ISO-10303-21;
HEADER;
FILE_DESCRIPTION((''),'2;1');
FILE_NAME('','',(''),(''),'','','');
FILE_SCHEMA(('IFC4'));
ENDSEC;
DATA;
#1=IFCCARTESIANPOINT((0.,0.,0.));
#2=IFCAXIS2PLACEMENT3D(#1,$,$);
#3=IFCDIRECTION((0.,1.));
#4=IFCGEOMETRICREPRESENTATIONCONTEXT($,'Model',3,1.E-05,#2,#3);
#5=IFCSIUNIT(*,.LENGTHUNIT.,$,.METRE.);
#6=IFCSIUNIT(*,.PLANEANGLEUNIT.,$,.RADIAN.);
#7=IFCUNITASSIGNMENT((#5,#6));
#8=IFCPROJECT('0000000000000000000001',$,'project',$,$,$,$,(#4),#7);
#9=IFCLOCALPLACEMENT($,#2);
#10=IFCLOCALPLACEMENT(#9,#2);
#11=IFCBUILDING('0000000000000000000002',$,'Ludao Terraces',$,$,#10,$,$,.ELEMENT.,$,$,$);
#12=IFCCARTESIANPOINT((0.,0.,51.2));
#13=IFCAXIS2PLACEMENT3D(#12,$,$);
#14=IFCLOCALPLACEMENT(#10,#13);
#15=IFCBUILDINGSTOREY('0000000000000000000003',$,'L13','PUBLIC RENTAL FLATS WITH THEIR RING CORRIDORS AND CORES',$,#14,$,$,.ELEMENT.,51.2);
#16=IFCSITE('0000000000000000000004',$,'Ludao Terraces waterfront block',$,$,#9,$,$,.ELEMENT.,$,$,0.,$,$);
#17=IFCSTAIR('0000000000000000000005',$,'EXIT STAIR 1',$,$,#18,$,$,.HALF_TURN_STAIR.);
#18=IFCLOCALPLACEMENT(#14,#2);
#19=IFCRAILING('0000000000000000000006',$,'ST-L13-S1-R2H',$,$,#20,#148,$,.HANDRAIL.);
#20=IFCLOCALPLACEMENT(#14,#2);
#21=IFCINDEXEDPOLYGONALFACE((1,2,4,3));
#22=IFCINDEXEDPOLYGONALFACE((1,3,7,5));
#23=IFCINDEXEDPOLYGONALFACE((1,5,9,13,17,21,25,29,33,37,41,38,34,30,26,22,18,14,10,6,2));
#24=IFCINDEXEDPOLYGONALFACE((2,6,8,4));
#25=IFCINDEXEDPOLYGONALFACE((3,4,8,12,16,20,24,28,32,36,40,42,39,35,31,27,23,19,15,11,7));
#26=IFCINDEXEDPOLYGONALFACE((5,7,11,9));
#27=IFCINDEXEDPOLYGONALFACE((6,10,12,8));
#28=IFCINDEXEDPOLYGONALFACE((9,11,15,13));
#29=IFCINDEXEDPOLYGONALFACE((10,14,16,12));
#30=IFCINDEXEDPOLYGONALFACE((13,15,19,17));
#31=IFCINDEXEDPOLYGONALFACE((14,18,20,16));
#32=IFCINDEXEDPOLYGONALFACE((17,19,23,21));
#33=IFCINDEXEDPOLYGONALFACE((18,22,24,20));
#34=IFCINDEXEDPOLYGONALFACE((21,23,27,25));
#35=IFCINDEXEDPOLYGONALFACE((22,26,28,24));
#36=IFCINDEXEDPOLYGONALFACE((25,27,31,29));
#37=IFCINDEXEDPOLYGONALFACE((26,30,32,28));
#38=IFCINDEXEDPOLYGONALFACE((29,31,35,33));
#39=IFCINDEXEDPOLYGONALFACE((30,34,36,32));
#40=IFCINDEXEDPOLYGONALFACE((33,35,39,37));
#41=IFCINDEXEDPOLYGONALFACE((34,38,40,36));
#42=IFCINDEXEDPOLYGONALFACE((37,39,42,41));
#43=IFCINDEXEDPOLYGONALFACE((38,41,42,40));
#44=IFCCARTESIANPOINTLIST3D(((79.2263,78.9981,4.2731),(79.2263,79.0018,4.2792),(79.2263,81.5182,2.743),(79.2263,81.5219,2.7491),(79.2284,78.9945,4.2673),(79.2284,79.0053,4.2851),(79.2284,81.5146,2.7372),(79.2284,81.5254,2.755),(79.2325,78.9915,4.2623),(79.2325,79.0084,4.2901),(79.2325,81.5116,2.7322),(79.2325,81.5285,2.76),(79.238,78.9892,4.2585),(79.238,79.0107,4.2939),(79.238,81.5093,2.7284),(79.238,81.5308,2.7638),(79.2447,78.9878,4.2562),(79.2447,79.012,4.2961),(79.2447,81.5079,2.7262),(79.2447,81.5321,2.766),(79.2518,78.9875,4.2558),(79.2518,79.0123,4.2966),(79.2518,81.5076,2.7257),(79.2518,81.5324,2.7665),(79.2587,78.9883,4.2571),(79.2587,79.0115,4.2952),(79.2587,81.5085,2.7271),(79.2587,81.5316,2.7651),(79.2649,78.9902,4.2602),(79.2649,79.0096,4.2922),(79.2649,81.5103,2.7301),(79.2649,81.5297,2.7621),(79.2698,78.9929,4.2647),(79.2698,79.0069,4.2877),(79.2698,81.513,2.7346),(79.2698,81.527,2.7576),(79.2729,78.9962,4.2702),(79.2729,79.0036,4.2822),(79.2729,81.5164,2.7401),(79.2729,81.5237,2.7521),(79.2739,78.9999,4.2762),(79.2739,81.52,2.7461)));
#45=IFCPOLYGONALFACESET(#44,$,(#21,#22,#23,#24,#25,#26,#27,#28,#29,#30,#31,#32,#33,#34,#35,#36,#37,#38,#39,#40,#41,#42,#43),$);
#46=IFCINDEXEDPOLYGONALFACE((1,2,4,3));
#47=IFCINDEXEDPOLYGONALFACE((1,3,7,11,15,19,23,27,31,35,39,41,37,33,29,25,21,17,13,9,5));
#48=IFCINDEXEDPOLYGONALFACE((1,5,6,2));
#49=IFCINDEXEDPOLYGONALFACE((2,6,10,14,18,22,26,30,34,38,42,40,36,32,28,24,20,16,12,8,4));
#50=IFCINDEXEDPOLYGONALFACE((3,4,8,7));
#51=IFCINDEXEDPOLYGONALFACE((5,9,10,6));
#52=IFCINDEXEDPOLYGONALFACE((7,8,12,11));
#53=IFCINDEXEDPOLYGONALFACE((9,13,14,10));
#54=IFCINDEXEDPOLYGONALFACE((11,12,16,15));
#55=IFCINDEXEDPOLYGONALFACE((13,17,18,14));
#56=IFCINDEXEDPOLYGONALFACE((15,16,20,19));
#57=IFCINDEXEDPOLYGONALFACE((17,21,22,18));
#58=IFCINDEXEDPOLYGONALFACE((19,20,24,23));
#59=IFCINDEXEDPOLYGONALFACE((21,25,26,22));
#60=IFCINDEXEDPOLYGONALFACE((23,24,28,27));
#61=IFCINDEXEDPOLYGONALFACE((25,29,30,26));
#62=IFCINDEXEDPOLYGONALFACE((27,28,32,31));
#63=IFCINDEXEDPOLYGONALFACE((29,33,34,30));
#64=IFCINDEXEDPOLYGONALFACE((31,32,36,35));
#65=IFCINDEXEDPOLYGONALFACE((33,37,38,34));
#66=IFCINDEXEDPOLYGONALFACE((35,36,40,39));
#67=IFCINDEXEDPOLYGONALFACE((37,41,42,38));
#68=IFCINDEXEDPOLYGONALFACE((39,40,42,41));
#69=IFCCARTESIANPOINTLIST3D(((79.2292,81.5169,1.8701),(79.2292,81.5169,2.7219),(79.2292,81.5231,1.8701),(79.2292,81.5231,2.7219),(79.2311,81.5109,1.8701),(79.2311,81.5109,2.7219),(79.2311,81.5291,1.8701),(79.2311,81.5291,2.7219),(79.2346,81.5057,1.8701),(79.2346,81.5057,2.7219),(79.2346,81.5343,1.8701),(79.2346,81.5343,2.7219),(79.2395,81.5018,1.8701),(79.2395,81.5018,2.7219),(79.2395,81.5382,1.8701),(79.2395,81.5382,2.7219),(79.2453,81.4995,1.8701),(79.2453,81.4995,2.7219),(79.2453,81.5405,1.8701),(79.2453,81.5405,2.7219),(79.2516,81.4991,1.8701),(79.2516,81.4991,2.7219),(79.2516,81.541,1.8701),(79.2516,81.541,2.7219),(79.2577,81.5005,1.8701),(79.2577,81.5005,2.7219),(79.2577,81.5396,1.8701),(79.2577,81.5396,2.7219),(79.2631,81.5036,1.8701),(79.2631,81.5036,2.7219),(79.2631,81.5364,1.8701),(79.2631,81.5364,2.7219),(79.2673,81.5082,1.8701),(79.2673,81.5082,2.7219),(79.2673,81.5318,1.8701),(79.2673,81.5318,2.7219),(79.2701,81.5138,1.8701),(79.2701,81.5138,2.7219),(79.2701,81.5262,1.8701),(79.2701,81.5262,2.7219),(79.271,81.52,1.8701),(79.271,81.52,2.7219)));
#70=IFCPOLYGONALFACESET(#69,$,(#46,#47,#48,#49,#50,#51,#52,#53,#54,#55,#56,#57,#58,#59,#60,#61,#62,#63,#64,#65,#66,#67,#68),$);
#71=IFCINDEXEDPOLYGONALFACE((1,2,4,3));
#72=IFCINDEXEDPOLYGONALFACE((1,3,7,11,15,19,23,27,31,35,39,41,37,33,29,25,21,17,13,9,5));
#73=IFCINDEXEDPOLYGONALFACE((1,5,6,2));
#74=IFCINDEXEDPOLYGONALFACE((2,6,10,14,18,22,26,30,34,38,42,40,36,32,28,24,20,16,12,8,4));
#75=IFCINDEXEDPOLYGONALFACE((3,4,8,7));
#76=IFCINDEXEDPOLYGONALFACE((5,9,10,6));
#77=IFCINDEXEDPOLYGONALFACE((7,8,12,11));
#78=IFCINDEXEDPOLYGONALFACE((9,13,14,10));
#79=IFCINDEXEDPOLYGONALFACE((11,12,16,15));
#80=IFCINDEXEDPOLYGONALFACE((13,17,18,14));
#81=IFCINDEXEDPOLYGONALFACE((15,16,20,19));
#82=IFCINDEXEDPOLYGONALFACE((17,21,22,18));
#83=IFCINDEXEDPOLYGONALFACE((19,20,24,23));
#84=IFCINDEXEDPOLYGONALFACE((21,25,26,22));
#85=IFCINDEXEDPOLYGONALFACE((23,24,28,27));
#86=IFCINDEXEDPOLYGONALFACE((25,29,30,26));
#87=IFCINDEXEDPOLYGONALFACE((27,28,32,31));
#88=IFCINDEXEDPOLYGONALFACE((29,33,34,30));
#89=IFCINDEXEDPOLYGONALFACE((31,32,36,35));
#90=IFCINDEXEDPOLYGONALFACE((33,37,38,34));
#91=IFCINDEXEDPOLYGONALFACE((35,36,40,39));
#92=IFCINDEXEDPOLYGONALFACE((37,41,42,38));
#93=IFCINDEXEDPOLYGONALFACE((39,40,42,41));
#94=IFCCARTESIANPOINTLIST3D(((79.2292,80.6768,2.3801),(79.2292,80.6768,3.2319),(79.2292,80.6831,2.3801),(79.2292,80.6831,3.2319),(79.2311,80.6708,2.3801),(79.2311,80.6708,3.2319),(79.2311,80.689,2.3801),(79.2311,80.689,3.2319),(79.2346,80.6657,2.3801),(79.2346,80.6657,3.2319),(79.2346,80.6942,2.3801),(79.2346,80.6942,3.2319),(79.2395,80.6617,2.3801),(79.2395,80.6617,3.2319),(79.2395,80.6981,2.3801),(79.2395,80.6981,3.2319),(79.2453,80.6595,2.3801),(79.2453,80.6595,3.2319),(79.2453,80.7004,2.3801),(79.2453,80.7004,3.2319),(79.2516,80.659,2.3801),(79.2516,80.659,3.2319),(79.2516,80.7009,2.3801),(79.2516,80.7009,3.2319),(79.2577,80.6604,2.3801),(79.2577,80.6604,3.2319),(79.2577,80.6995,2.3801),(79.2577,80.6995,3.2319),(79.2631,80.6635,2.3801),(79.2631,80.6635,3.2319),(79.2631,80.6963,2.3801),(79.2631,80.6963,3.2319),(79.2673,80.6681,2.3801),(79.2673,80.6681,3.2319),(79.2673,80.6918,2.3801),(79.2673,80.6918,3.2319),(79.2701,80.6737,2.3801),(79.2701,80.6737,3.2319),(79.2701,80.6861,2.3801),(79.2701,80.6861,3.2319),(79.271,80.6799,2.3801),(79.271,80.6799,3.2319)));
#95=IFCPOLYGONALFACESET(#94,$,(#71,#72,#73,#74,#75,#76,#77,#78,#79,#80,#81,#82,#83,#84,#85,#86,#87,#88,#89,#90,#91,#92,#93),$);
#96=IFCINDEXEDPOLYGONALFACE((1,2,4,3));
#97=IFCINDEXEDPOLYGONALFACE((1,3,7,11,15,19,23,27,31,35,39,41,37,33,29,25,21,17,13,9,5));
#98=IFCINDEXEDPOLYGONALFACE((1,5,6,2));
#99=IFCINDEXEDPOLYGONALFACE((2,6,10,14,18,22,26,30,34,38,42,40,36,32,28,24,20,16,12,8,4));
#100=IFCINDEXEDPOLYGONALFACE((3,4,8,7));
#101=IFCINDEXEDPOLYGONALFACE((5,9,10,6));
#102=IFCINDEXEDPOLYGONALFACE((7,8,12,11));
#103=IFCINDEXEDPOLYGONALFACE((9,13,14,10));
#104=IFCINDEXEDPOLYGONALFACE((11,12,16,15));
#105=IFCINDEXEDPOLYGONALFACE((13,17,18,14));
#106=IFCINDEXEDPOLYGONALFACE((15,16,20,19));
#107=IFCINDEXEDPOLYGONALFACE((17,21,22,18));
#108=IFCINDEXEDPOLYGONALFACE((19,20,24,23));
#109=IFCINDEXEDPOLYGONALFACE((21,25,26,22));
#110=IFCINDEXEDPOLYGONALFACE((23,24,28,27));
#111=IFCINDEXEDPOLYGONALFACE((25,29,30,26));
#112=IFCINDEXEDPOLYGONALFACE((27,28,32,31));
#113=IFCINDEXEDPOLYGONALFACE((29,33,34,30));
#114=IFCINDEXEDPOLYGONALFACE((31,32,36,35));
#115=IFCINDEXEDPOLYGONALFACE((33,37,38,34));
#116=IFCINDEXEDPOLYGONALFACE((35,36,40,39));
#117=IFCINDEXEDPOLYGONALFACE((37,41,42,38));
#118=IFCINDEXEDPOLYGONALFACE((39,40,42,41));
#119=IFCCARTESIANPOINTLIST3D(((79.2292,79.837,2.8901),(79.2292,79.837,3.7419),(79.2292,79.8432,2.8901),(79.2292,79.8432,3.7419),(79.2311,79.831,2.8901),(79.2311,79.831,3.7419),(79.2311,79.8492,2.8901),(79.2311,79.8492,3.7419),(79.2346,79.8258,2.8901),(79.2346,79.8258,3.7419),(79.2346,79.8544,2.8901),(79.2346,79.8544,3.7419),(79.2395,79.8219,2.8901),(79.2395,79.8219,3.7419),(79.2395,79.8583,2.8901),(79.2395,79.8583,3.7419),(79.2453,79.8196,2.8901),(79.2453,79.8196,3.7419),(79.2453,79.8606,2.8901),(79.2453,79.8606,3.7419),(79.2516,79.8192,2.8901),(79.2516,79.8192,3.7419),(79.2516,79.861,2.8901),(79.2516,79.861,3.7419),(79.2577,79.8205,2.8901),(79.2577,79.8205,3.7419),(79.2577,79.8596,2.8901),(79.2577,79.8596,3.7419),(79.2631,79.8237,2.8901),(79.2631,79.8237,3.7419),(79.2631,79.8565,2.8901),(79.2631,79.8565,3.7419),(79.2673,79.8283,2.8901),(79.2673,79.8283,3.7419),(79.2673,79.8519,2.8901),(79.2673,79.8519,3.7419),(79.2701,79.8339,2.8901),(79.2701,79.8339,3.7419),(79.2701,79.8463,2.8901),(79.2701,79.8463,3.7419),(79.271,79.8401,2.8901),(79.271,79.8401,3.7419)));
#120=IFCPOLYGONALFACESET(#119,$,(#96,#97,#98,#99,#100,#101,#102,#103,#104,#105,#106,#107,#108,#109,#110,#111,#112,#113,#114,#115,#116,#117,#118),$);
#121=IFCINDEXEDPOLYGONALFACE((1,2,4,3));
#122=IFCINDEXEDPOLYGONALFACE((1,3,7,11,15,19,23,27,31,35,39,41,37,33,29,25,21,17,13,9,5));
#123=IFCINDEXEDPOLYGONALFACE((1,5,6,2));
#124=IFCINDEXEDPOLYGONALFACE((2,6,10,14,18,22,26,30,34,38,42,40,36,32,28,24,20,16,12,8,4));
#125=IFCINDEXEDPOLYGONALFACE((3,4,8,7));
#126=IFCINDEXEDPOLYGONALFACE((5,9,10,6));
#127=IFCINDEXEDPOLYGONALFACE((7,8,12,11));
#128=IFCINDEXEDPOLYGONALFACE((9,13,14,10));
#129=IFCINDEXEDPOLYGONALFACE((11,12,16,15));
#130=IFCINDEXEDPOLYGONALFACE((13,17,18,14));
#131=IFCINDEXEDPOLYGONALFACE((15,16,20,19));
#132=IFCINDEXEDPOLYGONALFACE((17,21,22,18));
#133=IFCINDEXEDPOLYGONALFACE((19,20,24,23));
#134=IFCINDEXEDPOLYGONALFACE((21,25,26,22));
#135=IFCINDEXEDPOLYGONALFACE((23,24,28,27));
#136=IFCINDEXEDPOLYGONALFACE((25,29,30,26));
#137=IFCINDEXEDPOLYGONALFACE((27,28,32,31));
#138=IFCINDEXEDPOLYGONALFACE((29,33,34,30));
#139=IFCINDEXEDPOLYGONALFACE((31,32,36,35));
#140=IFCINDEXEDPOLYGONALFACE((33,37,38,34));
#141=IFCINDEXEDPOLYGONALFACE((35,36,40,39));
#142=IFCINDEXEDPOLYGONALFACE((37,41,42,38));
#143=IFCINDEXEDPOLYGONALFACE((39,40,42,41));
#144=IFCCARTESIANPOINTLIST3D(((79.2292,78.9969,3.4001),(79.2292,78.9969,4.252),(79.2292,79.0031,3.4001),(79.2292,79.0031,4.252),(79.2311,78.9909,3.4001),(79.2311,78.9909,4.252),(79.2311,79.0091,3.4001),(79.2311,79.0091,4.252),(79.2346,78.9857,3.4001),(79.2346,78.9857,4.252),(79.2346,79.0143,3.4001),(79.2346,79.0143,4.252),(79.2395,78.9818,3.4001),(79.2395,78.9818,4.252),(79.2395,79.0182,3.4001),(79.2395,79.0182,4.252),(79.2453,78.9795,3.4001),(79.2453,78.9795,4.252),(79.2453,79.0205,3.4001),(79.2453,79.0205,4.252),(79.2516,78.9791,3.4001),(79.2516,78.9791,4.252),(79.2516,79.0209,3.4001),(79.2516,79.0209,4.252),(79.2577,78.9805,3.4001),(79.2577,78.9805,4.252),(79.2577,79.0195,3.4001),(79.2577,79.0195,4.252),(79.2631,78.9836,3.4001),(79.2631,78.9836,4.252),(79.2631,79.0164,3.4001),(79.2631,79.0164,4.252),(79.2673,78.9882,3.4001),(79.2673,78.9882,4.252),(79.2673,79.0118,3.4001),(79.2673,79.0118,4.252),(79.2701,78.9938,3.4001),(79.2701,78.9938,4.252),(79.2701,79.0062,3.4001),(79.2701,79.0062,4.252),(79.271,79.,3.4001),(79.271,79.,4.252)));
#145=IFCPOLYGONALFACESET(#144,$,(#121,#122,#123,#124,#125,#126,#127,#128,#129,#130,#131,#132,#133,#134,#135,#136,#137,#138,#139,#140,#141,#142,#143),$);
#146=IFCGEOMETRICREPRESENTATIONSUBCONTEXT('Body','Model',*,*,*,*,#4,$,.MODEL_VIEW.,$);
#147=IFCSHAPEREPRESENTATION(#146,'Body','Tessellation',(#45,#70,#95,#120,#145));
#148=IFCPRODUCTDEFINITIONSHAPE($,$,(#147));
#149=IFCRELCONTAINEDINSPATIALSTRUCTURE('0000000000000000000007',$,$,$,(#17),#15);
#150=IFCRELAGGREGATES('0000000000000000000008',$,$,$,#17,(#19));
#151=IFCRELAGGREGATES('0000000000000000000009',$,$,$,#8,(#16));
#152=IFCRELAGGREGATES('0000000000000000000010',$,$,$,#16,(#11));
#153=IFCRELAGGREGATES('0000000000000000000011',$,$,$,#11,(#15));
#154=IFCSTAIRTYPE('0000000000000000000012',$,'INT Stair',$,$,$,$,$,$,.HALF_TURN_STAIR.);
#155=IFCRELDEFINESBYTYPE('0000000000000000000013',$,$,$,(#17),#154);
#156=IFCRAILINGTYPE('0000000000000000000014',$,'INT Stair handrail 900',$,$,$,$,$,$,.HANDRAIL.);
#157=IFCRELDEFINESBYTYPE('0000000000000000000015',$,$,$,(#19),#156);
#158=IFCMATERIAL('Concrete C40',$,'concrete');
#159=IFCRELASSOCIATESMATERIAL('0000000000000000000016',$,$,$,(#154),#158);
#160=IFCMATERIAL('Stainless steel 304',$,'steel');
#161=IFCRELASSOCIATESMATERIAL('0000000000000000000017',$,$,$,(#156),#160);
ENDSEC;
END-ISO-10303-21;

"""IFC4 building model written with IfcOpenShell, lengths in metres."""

from ifc_helpers import new_model, si_unit, direction, frame, origin, origin_2d, place, context, subcontext, project, spatial, circle, extrude, material, type_object, element, aggregate, save


model = new_model("IFC4")

# Units and contexts
model_context = context("Model", 3, precision=1e-05, world=origin(), true_north=direction((0.0, 1.0)))
body_context = subcontext(model_context, "Body", "Model", "MODEL_VIEW")
ifc_project = project(units=[si_unit("LENGTHUNIT", "METRE"), si_unit("PLANEANGLEUNIT", "RADIAN")], contexts=[model_context])

# Site, building, storey
site_placement = place(None, origin())
site = spatial("IfcSite", under=ifc_project, at=site_placement, Name="Ludao Terraces waterfront block", CompositionType="ELEMENT", RefElevation=0.0)
building_placement = place(site_placement, origin())
building = spatial("IfcBuilding", under=site, at=building_placement, Name="Ludao Terraces", CompositionType="ELEMENT")
storey_placement = place(building_placement, frame((0.0, 0.0, 51.2)))
storey = spatial("IfcBuildingStorey", under=building, at=storey_placement, Name="L13", Description="PUBLIC RENTAL FLATS WITH THEIR RING CORRIDORS AND CORES", CompositionType="ELEMENT", Elevation=51.2)

# Shared definitions
ifc_material_1 = material(Name="Concrete C40", Category="concrete")

# Shared definitions
ifc_material_2 = material(Name="Stainless steel 304", Category="steel")

# Stair, railing
stair_type = type_object("IfcStairType", Name="INT Stair", PredefinedType="HALF_TURN_STAIR", material=ifc_material_1)
stair_placement = place(storey_placement, origin())
stair = element("IfcStair", 1, at=stair_placement, inside=storey, type_object=stair_type, Name="EXIT STAIR 1", PredefinedType="HALF_TURN_STAIR")
railing_type_1 = type_object("IfcRailingType", Name="INT Stair handrail 900", PredefinedType="HANDRAIL", material=ifc_material_2)
railing_1_placement = place(storey_placement, frame((79.25, 81.52, 1.8701)))
railing_1 = element("IfcRailing", 2, at=railing_1_placement, type_object=railing_type_1, Name="ST-L13-S1-R2H", PredefinedType="HANDRAIL", context=body_context, shape_type="SweptSolid", body=[
    extrude(circle(Radius=0.0239, at=origin_2d()), frame((0.0, 0.0, 0.876), z_axis=(0.0, -0.854785, 0.518982), x_axis=(1.0, 0.0, 0.0)), (0.0, 0.0, 1.0), 2.9482),
    extrude(circle(Radius=0.021, at=origin_2d()), origin(), (0.0, 0.0, 1.0), 0.8518),
    extrude(circle(Radius=0.021, at=origin_2d()), frame((0.0, -0.8401, 0.51)), (0.0, 0.0, 1.0), 0.8518),
    extrude(circle(Radius=0.021, at=origin_2d()), frame((0.0, -1.6799, 1.02)), (0.0, 0.0, 1.0), 0.8518),
    extrude(circle(Radius=0.021, at=origin_2d()), frame((0.0, -2.52, 1.53)), (0.0, 0.0, 1.0), 0.8518),
])
aggregate(stair, [railing_1])

save(model, "model.ifc")
